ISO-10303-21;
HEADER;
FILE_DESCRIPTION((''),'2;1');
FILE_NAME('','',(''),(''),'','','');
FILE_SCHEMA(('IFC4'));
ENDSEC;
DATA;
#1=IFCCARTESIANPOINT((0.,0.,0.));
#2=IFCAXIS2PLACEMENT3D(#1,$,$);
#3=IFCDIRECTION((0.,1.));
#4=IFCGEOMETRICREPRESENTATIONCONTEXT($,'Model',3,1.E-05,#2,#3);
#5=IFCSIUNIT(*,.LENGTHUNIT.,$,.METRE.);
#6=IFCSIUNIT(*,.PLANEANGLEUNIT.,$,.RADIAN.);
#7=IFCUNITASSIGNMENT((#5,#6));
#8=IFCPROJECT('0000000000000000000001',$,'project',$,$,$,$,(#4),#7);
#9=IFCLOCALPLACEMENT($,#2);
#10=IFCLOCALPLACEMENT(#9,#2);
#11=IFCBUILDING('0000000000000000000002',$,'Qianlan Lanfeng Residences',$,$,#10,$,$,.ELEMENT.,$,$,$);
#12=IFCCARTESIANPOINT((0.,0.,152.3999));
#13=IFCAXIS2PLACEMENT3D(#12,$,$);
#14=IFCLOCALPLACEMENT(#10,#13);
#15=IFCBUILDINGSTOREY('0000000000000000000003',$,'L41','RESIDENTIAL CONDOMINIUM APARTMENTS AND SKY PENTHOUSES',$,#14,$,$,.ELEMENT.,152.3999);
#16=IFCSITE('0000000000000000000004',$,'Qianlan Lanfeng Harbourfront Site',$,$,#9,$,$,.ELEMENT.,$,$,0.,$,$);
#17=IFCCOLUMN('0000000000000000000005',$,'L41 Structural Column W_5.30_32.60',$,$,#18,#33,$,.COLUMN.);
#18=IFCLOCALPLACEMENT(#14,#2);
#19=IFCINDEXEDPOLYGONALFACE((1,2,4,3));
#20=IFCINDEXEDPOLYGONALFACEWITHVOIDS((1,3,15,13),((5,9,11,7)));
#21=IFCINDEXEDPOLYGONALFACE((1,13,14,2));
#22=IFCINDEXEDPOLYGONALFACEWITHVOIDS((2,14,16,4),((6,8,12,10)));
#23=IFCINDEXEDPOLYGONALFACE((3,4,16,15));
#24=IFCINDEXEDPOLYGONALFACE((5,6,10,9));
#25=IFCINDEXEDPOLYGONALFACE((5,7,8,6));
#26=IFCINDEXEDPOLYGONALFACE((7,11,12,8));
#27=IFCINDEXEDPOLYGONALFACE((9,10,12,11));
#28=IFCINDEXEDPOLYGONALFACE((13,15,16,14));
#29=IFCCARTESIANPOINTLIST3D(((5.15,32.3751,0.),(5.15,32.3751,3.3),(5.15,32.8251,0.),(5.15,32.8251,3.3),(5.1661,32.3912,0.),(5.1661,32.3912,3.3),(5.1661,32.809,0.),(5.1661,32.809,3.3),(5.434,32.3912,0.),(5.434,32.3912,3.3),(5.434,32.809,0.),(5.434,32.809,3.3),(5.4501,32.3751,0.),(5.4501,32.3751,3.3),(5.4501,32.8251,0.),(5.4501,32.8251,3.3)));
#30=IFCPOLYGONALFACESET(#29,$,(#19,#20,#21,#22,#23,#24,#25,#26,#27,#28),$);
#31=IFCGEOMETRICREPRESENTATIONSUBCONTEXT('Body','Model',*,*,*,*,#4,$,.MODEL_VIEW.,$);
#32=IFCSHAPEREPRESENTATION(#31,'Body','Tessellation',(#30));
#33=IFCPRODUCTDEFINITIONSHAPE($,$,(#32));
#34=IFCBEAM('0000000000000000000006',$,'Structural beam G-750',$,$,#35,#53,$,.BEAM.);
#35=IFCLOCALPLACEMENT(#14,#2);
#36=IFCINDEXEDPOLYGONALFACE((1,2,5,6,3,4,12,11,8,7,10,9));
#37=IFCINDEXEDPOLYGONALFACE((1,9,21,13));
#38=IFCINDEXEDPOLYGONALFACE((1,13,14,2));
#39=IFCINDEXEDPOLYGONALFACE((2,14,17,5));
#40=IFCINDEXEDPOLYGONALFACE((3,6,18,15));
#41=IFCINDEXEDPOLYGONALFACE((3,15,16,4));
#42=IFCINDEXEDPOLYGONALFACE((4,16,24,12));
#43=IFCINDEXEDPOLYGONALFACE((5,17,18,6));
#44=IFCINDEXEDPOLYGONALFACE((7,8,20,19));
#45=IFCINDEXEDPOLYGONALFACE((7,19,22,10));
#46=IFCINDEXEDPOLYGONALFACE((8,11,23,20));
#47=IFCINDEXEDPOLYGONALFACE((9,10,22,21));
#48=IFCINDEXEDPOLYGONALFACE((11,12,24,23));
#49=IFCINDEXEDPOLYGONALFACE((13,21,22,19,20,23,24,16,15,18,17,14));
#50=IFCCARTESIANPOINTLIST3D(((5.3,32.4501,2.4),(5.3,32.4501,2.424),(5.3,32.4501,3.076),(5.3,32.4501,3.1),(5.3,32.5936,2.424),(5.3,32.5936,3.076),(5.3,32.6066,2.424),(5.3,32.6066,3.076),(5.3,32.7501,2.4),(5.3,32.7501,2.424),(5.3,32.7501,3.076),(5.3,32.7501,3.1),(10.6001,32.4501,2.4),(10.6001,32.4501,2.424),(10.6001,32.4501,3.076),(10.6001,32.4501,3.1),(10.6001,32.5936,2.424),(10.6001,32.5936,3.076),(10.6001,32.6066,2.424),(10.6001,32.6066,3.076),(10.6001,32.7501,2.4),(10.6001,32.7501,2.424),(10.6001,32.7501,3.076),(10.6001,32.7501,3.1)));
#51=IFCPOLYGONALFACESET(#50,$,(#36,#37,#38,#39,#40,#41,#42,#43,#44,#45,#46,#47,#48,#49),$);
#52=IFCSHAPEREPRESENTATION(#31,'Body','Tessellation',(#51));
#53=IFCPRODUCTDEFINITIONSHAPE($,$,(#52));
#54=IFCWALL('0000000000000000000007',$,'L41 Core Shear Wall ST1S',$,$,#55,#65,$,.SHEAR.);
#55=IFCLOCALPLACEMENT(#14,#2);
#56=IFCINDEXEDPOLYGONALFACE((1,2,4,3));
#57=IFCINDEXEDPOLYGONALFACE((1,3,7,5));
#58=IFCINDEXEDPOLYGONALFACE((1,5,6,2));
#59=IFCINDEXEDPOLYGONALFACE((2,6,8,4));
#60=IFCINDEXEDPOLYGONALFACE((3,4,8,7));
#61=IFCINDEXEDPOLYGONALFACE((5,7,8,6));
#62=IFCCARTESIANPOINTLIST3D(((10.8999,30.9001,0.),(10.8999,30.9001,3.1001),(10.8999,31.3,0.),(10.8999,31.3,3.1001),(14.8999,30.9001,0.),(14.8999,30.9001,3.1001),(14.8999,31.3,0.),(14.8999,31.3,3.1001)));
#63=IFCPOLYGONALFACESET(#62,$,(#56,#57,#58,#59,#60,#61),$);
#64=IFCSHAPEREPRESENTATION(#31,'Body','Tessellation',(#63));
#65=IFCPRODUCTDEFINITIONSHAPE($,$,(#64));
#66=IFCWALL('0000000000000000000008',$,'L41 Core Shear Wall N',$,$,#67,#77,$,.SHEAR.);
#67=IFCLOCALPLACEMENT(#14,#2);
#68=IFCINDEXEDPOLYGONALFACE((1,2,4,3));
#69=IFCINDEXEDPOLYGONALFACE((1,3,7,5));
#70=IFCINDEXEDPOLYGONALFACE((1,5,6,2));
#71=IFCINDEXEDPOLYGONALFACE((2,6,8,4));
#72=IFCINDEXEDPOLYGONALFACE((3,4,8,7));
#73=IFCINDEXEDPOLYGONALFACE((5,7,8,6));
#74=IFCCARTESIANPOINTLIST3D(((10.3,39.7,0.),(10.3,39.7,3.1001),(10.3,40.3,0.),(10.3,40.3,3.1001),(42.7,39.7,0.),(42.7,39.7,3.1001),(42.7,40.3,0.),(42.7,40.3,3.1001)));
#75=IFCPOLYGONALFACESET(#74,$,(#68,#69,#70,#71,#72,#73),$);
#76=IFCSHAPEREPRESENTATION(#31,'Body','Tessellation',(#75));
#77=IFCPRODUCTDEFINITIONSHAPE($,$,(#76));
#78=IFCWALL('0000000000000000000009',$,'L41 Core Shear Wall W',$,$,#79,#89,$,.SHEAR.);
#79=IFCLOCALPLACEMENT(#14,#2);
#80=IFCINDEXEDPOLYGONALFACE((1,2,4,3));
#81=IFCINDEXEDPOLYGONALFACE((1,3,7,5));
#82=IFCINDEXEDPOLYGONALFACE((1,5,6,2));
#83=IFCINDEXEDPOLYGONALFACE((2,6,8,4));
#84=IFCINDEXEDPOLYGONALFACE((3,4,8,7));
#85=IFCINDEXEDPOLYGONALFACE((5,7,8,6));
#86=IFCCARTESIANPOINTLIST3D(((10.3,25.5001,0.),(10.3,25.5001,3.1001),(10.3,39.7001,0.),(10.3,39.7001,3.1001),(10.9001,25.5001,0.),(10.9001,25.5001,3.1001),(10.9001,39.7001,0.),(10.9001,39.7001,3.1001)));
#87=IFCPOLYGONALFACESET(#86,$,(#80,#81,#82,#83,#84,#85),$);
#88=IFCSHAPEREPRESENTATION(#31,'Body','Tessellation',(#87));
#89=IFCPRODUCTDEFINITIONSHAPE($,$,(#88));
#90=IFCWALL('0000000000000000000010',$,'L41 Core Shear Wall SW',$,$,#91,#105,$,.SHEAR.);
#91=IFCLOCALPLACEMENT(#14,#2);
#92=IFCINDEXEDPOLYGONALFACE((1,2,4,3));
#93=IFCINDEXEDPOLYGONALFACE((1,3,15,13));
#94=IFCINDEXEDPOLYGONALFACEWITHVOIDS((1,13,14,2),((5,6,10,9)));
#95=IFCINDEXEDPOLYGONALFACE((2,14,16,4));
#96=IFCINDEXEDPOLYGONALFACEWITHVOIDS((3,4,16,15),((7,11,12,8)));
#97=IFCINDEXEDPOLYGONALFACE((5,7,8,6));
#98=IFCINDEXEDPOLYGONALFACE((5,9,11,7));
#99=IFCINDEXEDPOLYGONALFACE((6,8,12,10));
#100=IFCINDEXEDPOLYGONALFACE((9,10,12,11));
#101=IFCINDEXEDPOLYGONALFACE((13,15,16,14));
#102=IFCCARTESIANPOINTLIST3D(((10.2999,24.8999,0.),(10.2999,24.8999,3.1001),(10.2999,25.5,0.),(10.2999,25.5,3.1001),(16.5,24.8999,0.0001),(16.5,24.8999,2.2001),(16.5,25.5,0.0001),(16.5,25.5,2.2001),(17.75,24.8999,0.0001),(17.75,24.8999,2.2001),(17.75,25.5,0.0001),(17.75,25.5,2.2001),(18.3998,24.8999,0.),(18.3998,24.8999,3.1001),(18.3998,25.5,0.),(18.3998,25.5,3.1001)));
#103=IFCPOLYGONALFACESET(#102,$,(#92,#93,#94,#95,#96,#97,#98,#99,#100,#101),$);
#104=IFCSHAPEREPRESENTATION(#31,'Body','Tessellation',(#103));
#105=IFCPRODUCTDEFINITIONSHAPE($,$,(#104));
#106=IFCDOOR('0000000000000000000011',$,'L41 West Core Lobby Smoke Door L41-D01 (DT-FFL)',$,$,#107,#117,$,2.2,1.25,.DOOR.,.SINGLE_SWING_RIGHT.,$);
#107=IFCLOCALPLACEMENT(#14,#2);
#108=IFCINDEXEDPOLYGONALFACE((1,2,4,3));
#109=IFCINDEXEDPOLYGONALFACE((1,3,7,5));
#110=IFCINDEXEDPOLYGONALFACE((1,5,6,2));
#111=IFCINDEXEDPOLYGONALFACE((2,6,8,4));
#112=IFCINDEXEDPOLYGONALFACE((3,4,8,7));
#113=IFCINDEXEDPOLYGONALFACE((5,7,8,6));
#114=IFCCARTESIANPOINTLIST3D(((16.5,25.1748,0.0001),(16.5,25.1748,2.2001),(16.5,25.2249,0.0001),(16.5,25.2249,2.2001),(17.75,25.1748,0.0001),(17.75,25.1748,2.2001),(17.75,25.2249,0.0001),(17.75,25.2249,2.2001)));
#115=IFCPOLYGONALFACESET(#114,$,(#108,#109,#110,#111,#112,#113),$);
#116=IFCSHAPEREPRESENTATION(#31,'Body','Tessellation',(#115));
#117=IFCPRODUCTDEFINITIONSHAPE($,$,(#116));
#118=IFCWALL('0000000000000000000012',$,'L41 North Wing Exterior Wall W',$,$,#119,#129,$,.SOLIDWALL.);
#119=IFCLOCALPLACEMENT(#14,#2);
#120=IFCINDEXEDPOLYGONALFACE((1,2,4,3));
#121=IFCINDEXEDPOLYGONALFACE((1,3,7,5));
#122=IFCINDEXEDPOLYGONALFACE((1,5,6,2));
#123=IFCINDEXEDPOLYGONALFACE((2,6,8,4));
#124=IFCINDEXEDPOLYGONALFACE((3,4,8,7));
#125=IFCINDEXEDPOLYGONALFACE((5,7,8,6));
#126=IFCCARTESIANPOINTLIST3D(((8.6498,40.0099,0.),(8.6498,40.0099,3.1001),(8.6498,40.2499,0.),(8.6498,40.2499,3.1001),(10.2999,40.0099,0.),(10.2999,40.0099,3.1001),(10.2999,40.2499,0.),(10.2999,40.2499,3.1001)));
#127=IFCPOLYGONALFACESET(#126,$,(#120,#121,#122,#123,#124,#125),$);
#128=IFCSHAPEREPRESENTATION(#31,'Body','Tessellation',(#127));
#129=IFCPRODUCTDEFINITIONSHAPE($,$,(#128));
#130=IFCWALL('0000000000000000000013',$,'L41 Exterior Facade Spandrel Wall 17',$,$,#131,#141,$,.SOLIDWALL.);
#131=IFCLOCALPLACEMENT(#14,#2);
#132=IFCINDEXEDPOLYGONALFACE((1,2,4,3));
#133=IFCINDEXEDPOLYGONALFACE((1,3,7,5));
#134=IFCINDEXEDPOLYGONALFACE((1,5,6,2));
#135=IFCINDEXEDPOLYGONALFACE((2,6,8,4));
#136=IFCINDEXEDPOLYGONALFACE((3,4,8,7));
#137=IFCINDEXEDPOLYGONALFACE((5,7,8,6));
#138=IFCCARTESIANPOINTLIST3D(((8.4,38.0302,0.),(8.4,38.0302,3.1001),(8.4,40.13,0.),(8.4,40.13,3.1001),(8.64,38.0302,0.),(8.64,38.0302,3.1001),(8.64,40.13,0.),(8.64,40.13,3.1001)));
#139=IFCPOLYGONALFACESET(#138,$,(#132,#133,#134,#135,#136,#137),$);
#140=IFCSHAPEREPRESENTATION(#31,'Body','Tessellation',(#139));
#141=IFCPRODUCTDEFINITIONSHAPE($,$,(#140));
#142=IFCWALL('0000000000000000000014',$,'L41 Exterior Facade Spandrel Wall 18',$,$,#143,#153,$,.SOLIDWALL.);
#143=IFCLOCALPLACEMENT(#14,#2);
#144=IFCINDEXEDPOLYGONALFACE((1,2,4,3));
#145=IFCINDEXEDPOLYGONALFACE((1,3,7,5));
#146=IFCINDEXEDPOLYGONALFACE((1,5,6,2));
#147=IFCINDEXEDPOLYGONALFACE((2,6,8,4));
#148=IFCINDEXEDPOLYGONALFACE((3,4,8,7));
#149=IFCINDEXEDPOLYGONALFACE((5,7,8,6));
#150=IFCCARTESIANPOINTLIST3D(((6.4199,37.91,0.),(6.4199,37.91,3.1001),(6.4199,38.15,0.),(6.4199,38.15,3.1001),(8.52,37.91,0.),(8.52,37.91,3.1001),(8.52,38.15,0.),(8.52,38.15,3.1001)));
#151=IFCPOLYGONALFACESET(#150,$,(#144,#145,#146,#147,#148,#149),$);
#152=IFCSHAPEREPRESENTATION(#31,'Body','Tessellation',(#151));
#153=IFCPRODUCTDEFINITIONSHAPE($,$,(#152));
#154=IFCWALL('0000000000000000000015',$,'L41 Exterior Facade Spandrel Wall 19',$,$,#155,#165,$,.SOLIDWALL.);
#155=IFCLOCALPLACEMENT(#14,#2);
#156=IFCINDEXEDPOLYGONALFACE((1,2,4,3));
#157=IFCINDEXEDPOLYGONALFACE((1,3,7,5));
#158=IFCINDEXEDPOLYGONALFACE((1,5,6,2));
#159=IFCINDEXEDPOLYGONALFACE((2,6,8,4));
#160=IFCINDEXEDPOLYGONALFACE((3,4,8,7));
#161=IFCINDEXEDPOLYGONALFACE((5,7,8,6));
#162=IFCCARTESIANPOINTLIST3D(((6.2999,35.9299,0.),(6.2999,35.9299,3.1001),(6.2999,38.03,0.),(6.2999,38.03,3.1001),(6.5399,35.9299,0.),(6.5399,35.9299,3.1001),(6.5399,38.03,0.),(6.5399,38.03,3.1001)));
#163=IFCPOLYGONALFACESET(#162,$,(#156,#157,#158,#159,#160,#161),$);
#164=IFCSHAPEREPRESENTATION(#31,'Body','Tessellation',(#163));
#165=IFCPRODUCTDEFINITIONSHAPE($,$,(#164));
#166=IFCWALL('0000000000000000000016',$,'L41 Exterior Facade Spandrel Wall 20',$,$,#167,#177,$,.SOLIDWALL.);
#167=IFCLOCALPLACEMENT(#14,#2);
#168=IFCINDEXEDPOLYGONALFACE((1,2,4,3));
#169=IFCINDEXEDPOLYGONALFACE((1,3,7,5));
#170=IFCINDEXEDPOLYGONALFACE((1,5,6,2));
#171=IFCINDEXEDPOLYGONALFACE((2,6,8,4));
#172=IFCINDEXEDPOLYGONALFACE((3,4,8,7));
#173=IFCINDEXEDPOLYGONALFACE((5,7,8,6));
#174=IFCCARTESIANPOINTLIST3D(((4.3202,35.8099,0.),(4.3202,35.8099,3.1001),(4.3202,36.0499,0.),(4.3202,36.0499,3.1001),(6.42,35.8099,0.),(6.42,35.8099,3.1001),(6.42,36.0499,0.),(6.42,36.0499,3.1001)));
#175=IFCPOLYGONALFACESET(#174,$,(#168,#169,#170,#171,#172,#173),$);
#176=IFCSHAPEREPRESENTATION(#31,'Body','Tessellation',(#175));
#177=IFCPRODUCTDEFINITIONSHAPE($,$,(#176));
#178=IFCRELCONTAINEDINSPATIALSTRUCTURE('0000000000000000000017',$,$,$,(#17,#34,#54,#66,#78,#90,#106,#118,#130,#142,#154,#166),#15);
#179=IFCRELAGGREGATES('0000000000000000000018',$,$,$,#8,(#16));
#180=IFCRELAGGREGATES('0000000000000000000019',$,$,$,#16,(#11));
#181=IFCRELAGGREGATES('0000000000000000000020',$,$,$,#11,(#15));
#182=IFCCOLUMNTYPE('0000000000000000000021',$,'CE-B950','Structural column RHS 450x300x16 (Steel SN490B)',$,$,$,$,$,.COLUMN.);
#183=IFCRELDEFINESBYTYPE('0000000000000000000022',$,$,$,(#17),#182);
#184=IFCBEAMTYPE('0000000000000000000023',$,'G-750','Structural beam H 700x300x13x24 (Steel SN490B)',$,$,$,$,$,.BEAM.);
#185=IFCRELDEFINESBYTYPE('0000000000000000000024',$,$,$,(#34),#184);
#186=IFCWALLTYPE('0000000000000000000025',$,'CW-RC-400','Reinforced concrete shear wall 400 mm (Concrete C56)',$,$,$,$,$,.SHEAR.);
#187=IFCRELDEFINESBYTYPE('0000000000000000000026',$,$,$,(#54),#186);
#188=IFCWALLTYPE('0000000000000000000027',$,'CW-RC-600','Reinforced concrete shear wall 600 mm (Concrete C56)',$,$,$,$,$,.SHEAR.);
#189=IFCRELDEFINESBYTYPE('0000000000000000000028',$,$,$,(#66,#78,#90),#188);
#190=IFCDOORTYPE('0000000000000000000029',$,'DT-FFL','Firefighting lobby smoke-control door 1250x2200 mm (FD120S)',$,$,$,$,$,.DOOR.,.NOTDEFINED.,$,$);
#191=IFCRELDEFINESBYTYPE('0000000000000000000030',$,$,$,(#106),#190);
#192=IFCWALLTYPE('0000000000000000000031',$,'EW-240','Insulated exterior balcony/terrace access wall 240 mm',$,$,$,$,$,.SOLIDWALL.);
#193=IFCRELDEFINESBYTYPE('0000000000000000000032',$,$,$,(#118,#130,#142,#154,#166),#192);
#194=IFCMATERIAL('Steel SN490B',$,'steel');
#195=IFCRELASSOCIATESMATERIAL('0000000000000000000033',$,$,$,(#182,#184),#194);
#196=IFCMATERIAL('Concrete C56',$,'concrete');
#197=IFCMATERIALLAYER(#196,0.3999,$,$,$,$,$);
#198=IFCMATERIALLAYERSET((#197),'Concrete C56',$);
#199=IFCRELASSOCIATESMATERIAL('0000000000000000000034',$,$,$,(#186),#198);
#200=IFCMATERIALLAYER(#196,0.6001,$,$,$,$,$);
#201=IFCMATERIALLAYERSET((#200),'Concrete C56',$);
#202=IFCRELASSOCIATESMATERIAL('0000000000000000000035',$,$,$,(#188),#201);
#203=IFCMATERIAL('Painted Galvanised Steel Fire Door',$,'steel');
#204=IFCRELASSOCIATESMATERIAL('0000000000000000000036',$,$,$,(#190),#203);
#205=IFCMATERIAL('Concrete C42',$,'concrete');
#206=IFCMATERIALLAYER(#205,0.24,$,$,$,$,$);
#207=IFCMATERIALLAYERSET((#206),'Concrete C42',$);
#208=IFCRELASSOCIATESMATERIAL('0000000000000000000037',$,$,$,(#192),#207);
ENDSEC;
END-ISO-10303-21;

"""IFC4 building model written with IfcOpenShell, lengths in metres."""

from ifc_helpers import new_model, si_unit, direction, frame, frame_2d, origin, origin_2d, place, context, subcontext, project, spatial, rectangle, hollow_rectangle, i_section, extrude, material, layer, layer_set, material_profile, profile_set, type_object, element, fill, save


model = new_model("IFC4")

# Units and contexts
model_context = context("Model", 3, precision=1e-05, world=origin(), true_north=direction((0.0, 1.0)))
body_context = subcontext(model_context, "Body", "Model", "MODEL_VIEW")
ifc_project = project(units=[si_unit("LENGTHUNIT", "METRE"), si_unit("PLANEANGLEUNIT", "RADIAN")], contexts=[model_context])

# Site, building, storey
site_placement = place(None, origin())
site = spatial("IfcSite", under=ifc_project, at=site_placement, Name="Qianlan Lanfeng Harbourfront Site", CompositionType="ELEMENT", RefElevation=0.0)
building_placement = place(site_placement, origin())
building = spatial("IfcBuilding", under=site, at=building_placement, Name="Qianlan Lanfeng Residences", CompositionType="ELEMENT")
storey_placement = place(building_placement, frame((0.0, 0.0, 152.3999)))
storey = spatial("IfcBuildingStorey", under=building, at=storey_placement, Name="L41", Description="RESIDENTIAL CONDOMINIUM APARTMENTS AND SKY PENTHOUSES", CompositionType="ELEMENT", Elevation=152.3999)

# Column
ifc_material_1 = material(Name="Steel SN490B", Category="steel")
ifc_material_profile_1 = material_profile(ifc_material_1, hollow_rectangle(XDim=0.3, YDim=0.45, WallThickness=0.0161, at=origin_2d()), Name="RHS 450x300x16")
ifc_profile_set_1 = profile_set([ifc_material_profile_1], Name="Steel SN490B")
column_type = type_object("IfcColumnType", Name="CE-B950", Description="Structural column RHS 450x300x16 (Steel SN490B)", PredefinedType="COLUMN", material=ifc_profile_set_1)
column_placement = place(storey_placement, frame((5.3, 32.6001, 0.0), z_axis=(0.0, 0.0, 1.0), x_axis=(1.0, 0.0, 0.0)))
element("IfcColumn", 1, at=column_placement, inside=storey, type_object=column_type, Name="L41 Structural Column W_5.30_32.60", PredefinedType="COLUMN", context=body_context, shape_type="SweptSolid", body=[
    extrude(hollow_rectangle(XDim=0.3, YDim=0.45, WallThickness=0.0161, at=origin_2d()), origin(), (0.0, 0.0, 1.0), 3.3),
])

# Beam
ifc_material_profile_2 = material_profile(ifc_material_1, i_section(OverallWidth=0.3, OverallDepth=0.7, WebThickness=0.0129, FlangeThickness=0.0239, at=origin_2d()), Name="H 700x300x13x24")
ifc_profile_set_2 = profile_set([ifc_material_profile_2], Name="Steel SN490B")
beam_type = type_object("IfcBeamType", Name="G-750", Description="Structural beam H 700x300x13x24 (Steel SN490B)", PredefinedType="BEAM", material=ifc_profile_set_2)
beam_placement = place(storey_placement, frame((5.3, 32.6001, 2.75), z_axis=(1.0, 0.0, 0.0), x_axis=(0.0, 1.0, 0.0)))
element("IfcBeam", 2, at=beam_placement, inside=storey, type_object=beam_type, Name="Structural beam G-750", PredefinedType="BEAM", context=body_context, shape_type="SweptSolid", body=[
    extrude(i_section(OverallWidth=0.3, OverallDepth=0.7, WebThickness=0.0129, FlangeThickness=0.0239, at=origin_2d()), origin(), (0.0, 0.0, 1.0), 5.3),
])

# Walls
ifc_material_2 = material(Name="Concrete C56", Category="concrete")
ifc_layer_1 = layer(ifc_material_2, 0.3999)
ifc_layer_set_1 = layer_set([ifc_layer_1], Name="Concrete C56")
wall_type_1 = type_object("IfcWallType", Name="CW-RC-400", Description="Reinforced concrete shear wall 400 mm (Concrete C56)", PredefinedType="SHEAR", material=ifc_layer_set_1)
wall_1_placement = place(storey_placement, frame((10.8999, 31.1001, 0.0), z_axis=(0.0, 0.0, 1.0), x_axis=(1.0, 0.0, 0.0)))
element("IfcWall", 3, at=wall_1_placement, inside=storey, type_object=wall_type_1, Name="L41 Core Shear Wall ST1S", PredefinedType="SHEAR", context=body_context, shape_type="SweptSolid", body=[
    extrude(rectangle(XDim=4.0, YDim=0.3999, at=frame_2d((2.0, 0.0))), origin(), (0.0, 0.0, 1.0), 3.1001),
])
ifc_layer_2 = layer(ifc_material_2, 0.6001)
ifc_layer_set_2 = layer_set([ifc_layer_2], Name="Concrete C56")
wall_type_2 = type_object("IfcWallType", Name="CW-RC-600", Description="Reinforced concrete shear wall 600 mm (Concrete C56)", PredefinedType="SHEAR", material=ifc_layer_set_2)
wall_2_placement = place(storey_placement, frame((10.3, 40.0, 0.0), z_axis=(0.0, 0.0, 1.0), x_axis=(1.0, 0.0, 0.0)))
element("IfcWall", 4, at=wall_2_placement, inside=storey, type_object=wall_type_2, Name="L41 Core Shear Wall N", PredefinedType="SHEAR", context=body_context, shape_type="SweptSolid", body=[
    extrude(rectangle(XDim=32.3999, YDim=0.6001, at=frame_2d((16.2, 0.0))), origin(), (0.0, 0.0, 1.0), 3.1001),
])
wall_3_placement = place(storey_placement, frame((10.6001, 25.5, 0.0), z_axis=(0.0, 0.0, 1.0), x_axis=(0.0, 1.0, 0.0)))
element("IfcWall", 5, at=wall_3_placement, inside=storey, type_object=wall_type_2, Name="L41 Core Shear Wall W", PredefinedType="SHEAR", context=body_context, shape_type="SweptSolid", body=[
    extrude(rectangle(XDim=14.2, YDim=0.6001, at=frame_2d((7.1001, 0.0))), origin(), (0.0, 0.0, 1.0), 3.1001),
])

# Wall, opening, door
wall_4_placement = place(storey_placement, frame((10.3, 25.2, 0.0), z_axis=(0.0, 0.0, 1.0), x_axis=(1.0, 0.0, 0.0)))
wall_4 = element("IfcWall", 6, at=wall_4_placement, inside=storey, type_object=wall_type_2, Name="L41 Core Shear Wall SW", PredefinedType="SHEAR", context=body_context, shape_type="SweptSolid", body=[
    extrude(rectangle(XDim=8.0999, YDim=0.6001, at=frame_2d((4.0498, 0.0))), origin(), (0.0, 0.0, 1.0), 3.1001),
])
opening_1_placement = place(wall_4_placement, frame((6.2, 0.0, 0.0)))
opening_1 = element("IfcOpeningElement", 7, at=opening_1_placement, cuts=wall_4, PredefinedType="OPENING", context=body_context, shape_type="SweptSolid", body=[
    extrude(rectangle(XDim=1.25, YDim=2.2, at=frame_2d((0.625, 1.1001))), frame((0.0, 0.3101, 0.0), z_axis=(0.0, -1.0, 0.0), x_axis=(1.0, 0.0, 0.0)), (0.0, 0.0, 1.0), 0.6201),
])
ifc_material_3 = material(Name="Painted Galvanised Steel Fire Door", Category="steel")
door_type_1 = type_object("IfcDoorType", Name="DT-FFL", Description="Firefighting lobby smoke-control door 1250x2200 mm (FD120S)", OperationType="NOTDEFINED", PredefinedType="DOOR", material=ifc_material_3)
door_1_placement = place(opening_1_placement, origin())
door_1 = element("IfcDoor", 8, at=door_1_placement, inside=storey, type_object=door_type_1, Name="L41 West Core Lobby Smoke Door L41-D01 (DT-FFL)", OperationType="SINGLE_SWING_RIGHT", OverallHeight=2.2, OverallWidth=1.25, PredefinedType="DOOR", context=body_context, shape_type="SweptSolid", body=[
    extrude(rectangle(XDim=1.25, YDim=2.2, at=frame_2d((0.625, 1.1001))), frame((0.0, 0.0249, 0.0), z_axis=(0.0, -1.0, 0.0), x_axis=(1.0, 0.0, 0.0)), (0.0, 0.0, 1.0), 0.05),
])
fill(opening_1, door_1)

# Walls
ifc_material_4 = material(Name="Concrete C42", Category="concrete")
ifc_layer_3 = layer(ifc_material_4, 0.24)
ifc_layer_set_3 = layer_set([ifc_layer_3], Name="Concrete C42")
wall_type_3 = type_object("IfcWallType", Name="EW-240", Description="Insulated exterior balcony/terrace access wall 240 mm", PredefinedType="SOLIDWALL", material=ifc_layer_set_3)
wall_5_placement = place(storey_placement, frame((10.3, 40.1299, 0.0), z_axis=(0.0, 0.0, 1.0), x_axis=(-1.0, 0.0, 0.0)))
element("IfcWall", 9, at=wall_5_placement, inside=storey, type_object=wall_type_3, Name="L41 North Wing Exterior Wall W", PredefinedType="SOLIDWALL", context=body_context, shape_type="SweptSolid", body=[
    extrude(rectangle(XDim=1.6501, YDim=0.24, at=frame_2d((0.8252, 0.0))), origin(), (0.0, 0.0, 1.0), 3.1001),
])
wall_6_placement = place(storey_placement, frame((8.52, 40.1299, 0.0), z_axis=(0.0, 0.0, 1.0), x_axis=(0.0, -1.0, 0.0)))
element("IfcWall", 10, at=wall_6_placement, inside=storey, type_object=wall_type_3, Name="L41 Exterior Facade Spandrel Wall 17", PredefinedType="SOLIDWALL", context=body_context, shape_type="SweptSolid", body=[
    extrude(rectangle(XDim=2.0999, YDim=0.24, at=frame_2d((1.0498, 0.0))), origin(), (0.0, 0.0, 1.0), 3.1001),
])
for number, where, z_axis, x_axis, name in (
    (11, (8.52, 38.03, 0.0), (0.0, 0.0, 1.0), (-1.0, 0.0, 0.0), "L41 Exterior Facade Spandrel Wall 18"),
    (12, (6.4199, 38.03, 0.0), (0.0, 0.0, 1.0), (0.0, -1.0, 0.0), "L41 Exterior Facade Spandrel Wall 19"),
):
    element("IfcWall", number, at=place(storey_placement, frame(where, z_axis=z_axis, x_axis=x_axis)), inside=storey, type_object=wall_type_3, Name=name, PredefinedType="SOLIDWALL", context=body_context, shape_type="SweptSolid", body=[
        extrude(rectangle(XDim=2.1001, YDim=0.24, at=frame_2d((1.05, 0.0))), origin(), (0.0, 0.0, 1.0), 3.1001),
    ])
wall_7_placement = place(storey_placement, frame((6.4199, 35.9299, 0.0), z_axis=(0.0, 0.0, 1.0), x_axis=(-1.0, 0.0, 0.0)))
element("IfcWall", 13, at=wall_7_placement, inside=storey, type_object=wall_type_3, Name="L41 Exterior Facade Spandrel Wall 20", PredefinedType="SOLIDWALL", context=body_context, shape_type="SweptSolid", body=[
    extrude(rectangle(XDim=2.0999, YDim=0.24, at=frame_2d((1.0498, 0.0))), origin(), (0.0, 0.0, 1.0), 3.1001),
])

save(model, "model.ifc")
